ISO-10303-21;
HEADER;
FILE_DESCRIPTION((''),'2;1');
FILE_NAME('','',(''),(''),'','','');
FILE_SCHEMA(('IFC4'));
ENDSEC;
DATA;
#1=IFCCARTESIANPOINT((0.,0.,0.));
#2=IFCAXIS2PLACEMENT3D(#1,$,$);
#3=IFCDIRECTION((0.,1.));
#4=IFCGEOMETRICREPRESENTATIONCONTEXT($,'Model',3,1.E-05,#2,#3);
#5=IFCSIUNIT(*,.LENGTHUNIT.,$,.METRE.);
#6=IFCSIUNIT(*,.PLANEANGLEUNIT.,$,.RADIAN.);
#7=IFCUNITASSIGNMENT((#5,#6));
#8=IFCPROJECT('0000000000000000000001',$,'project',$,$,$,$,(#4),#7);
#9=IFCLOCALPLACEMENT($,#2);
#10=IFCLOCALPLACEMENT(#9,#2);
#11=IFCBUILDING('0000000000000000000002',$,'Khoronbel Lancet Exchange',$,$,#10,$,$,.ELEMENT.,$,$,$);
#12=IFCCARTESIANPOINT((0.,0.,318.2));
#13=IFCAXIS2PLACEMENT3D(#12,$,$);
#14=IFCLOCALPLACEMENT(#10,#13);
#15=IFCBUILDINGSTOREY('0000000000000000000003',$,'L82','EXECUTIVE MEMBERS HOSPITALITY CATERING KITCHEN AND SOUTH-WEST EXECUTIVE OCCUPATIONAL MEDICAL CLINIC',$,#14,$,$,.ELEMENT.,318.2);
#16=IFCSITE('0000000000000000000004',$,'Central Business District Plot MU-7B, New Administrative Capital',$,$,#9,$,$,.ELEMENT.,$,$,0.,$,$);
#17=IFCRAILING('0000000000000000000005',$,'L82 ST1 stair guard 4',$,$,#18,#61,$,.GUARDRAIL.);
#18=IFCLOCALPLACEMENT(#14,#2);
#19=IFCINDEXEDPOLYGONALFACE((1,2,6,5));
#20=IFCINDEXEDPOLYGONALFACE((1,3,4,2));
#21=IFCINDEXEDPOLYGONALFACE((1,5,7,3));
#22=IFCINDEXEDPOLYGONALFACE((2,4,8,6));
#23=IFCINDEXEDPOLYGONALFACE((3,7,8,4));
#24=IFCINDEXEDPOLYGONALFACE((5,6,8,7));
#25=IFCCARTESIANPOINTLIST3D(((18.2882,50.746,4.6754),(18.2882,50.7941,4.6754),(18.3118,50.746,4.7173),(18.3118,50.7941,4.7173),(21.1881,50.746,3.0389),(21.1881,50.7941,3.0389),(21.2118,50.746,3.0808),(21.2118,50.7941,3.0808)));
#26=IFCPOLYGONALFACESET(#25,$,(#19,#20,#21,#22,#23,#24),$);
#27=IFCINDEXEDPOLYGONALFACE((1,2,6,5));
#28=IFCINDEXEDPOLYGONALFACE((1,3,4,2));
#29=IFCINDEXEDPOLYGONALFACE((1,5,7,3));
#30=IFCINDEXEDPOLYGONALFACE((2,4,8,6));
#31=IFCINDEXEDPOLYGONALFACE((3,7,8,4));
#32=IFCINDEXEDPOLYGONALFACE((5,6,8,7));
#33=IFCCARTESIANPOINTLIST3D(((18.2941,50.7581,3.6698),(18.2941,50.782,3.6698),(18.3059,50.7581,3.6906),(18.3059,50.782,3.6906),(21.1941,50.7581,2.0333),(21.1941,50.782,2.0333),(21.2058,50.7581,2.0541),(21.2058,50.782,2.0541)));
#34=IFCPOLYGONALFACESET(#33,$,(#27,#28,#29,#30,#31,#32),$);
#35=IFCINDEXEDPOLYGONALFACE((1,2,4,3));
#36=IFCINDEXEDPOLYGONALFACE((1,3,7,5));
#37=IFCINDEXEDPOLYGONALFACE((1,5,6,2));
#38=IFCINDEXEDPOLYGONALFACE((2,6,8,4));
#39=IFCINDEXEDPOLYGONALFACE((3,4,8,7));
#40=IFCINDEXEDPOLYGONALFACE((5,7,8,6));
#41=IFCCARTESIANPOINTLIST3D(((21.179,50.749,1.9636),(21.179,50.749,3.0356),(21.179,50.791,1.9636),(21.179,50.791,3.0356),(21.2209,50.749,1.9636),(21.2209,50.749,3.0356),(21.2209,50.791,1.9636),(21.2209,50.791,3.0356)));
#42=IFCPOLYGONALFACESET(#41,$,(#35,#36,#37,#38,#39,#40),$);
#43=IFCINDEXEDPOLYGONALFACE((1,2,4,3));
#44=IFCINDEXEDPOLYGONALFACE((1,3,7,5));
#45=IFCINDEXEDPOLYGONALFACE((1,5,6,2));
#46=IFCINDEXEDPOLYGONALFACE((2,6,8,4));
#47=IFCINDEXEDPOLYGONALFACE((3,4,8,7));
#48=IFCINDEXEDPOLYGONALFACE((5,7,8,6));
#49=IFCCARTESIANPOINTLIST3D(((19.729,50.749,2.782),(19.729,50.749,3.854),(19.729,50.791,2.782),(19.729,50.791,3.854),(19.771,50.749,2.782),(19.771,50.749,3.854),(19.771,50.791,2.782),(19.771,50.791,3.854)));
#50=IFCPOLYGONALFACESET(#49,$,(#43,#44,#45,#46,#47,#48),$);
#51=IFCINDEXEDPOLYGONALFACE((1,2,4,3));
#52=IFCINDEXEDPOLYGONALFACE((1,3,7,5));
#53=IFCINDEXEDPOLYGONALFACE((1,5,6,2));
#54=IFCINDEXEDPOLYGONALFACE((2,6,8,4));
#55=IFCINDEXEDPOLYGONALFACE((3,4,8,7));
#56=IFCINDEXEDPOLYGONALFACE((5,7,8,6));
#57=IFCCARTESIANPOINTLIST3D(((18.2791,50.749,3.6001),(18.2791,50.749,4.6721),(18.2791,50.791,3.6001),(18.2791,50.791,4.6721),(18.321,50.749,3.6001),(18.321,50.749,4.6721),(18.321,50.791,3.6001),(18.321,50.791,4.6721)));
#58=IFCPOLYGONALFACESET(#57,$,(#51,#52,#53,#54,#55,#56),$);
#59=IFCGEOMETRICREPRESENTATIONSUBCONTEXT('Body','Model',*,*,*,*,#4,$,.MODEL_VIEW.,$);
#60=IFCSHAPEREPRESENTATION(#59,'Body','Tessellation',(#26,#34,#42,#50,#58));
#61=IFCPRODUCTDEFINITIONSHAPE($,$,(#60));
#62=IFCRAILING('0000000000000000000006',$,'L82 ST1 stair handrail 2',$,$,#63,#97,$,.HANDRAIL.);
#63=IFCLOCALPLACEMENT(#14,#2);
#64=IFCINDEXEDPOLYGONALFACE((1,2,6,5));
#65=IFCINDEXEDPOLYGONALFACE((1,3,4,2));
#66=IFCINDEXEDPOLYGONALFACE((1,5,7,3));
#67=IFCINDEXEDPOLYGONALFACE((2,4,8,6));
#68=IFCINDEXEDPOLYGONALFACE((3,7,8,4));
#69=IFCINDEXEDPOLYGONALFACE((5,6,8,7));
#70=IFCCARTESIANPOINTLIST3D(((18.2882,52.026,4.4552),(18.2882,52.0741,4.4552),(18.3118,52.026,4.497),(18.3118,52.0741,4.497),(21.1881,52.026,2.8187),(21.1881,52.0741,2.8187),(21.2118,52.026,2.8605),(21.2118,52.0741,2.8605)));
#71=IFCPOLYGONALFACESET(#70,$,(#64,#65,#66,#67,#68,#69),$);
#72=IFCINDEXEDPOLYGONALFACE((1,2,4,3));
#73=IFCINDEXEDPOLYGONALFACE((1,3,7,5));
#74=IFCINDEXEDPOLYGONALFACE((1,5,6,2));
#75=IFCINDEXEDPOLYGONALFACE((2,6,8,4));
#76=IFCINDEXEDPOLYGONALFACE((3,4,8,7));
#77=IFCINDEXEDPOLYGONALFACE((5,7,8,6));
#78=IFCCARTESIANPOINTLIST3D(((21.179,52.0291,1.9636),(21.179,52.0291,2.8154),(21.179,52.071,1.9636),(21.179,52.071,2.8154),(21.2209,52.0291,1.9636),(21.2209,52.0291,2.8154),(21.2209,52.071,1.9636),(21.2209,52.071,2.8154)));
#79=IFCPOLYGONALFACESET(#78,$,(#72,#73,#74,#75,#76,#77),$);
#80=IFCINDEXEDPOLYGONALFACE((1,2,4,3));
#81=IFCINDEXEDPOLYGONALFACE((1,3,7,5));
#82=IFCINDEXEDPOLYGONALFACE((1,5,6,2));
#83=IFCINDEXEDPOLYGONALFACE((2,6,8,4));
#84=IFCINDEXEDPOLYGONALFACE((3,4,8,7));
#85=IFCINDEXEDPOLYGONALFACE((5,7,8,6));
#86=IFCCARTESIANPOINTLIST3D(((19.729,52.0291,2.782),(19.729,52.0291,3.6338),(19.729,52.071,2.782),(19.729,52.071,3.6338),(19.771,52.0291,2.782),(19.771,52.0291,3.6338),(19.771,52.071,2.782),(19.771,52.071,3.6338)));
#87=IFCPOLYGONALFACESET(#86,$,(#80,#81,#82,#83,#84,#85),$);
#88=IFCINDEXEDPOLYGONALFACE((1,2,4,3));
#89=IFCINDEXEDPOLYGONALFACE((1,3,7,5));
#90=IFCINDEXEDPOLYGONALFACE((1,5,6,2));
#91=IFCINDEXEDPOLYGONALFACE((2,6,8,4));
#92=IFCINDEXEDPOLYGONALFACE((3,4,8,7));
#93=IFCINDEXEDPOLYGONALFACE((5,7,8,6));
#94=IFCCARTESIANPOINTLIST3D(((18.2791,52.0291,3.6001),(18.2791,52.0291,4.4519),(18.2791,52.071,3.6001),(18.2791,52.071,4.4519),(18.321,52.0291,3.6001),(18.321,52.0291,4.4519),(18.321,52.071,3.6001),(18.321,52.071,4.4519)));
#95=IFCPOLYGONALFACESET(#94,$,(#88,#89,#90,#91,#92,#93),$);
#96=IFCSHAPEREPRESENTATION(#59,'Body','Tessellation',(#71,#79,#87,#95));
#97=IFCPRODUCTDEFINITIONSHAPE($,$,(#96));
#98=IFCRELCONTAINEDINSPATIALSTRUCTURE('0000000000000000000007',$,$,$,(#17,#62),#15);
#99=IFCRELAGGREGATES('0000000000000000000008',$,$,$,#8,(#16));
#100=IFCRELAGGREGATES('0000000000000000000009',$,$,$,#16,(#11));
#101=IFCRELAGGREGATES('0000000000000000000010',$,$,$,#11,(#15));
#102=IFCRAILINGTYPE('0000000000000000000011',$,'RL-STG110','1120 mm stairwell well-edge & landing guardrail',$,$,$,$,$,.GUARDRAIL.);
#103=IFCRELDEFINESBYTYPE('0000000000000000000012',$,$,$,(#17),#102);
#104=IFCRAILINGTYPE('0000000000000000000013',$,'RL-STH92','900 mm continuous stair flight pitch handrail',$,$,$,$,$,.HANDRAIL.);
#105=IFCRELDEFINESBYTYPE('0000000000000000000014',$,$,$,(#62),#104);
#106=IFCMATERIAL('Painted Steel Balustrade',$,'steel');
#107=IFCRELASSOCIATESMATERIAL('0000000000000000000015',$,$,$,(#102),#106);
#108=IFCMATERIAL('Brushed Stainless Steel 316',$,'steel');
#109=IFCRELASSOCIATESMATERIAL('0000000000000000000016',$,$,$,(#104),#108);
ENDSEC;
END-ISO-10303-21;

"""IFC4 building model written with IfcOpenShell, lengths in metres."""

from ifc_helpers import new_model, si_unit, direction, frame, origin, origin_2d, place, context, subcontext, project, spatial, rectangle, extrude, material, type_object, element, save


model = new_model("IFC4")

# Units and contexts
model_context = context("Model", 3, precision=1e-05, world=origin(), true_north=direction((0.0, 1.0)))
body_context = subcontext(model_context, "Body", "Model", "MODEL_VIEW")
ifc_project = project(units=[si_unit("LENGTHUNIT", "METRE"), si_unit("PLANEANGLEUNIT", "RADIAN")], contexts=[model_context])

# Site, building, storey
site_placement = place(None, origin())
site = spatial("IfcSite", under=ifc_project, at=site_placement, Name="Central Business District Plot MU-7B, New Administrative Capital", CompositionType="ELEMENT", RefElevation=0.0)
building_placement = place(site_placement, origin())
building = spatial("IfcBuilding", under=site, at=building_placement, Name="Khoronbel Lancet Exchange", CompositionType="ELEMENT")
storey_placement = place(building_placement, frame((0.0, 0.0, 318.2)))
storey = spatial("IfcBuildingStorey", under=building, at=storey_placement, Name="L82", Description="EXECUTIVE MEMBERS HOSPITALITY CATERING KITCHEN AND SOUTH-WEST EXECUTIVE OCCUPATIONAL MEDICAL CLINIC", CompositionType="ELEMENT", Elevation=318.2)

# Railings
ifc_material_1 = material(Name="Painted Steel Balustrade", Category="steel")
railing_type_1 = type_object("IfcRailingType", Name="RL-STG110", Description="1120 mm stairwell well-edge & landing guardrail", PredefinedType="GUARDRAIL", material=ifc_material_1)
railing_1_placement = place(storey_placement, frame((21.2, 50.77, 1.9636)))
element("IfcRailing", 1, at=railing_1_placement, inside=storey, type_object=railing_type_1, Name="L82 ST1 stair guard 4", PredefinedType="GUARDRAIL", context=body_context, shape_type="SweptSolid", body=[
    extrude(rectangle(XDim=0.0481, YDim=0.0481, at=origin_2d()), frame((0.0, 0.0, 1.0962), z_axis=(-0.870897, 0.0, 0.491465), x_axis=(0.0, -1.0, 0.0)), (0.0, 0.0, 1.0), 3.3298),
    extrude(rectangle(XDim=0.0239, YDim=0.0239, at=origin_2d()), frame((0.0, 0.0, 0.0801), z_axis=(-0.870897, 0.0, 0.491465), x_axis=(0.0, -1.0, 0.0)), (0.0, 0.0, 1.0), 3.3298),
    extrude(rectangle(XDim=0.042, YDim=0.042, at=origin_2d()), origin(), (0.0, 0.0, 1.0), 1.072),
    extrude(rectangle(XDim=0.042, YDim=0.042, at=origin_2d()), frame((-1.45, 0.0, 0.8184)), (0.0, 0.0, 1.0), 1.072),
    extrude(rectangle(XDim=0.042, YDim=0.042, at=origin_2d()), frame((-2.8999, 0.0, 1.6365)), (0.0, 0.0, 1.0), 1.072),
])
ifc_material_2 = material(Name="Brushed Stainless Steel 316", Category="steel")
railing_type_2 = type_object("IfcRailingType", Name="RL-STH92", Description="900 mm continuous stair flight pitch handrail", PredefinedType="HANDRAIL", material=ifc_material_2)
railing_2_placement = place(storey_placement, frame((21.2, 52.05, 1.9636)))
element("IfcRailing", 2, at=railing_2_placement, inside=storey, type_object=railing_type_2, Name="L82 ST1 stair handrail 2", PredefinedType="HANDRAIL", context=body_context, shape_type="SweptSolid", body=[
    extrude(rectangle(XDim=0.0481, YDim=0.0481, at=origin_2d()), frame((0.0, 0.0, 0.876), z_axis=(-0.870897, 0.0, 0.491465), x_axis=(0.0, -1.0, 0.0)), (0.0, 0.0, 1.0), 3.3298),
    extrude(rectangle(XDim=0.042, YDim=0.042, at=origin_2d()), origin(), (0.0, 0.0, 1.0), 0.8518),
    extrude(rectangle(XDim=0.042, YDim=0.042, at=origin_2d()), frame((-1.45, 0.0, 0.8184)), (0.0, 0.0, 1.0), 0.8518),
    extrude(rectangle(XDim=0.042, YDim=0.042, at=origin_2d()), frame((-2.8999, 0.0, 1.6365)), (0.0, 0.0, 1.0), 0.8518),
])

save(model, "model.ifc")
